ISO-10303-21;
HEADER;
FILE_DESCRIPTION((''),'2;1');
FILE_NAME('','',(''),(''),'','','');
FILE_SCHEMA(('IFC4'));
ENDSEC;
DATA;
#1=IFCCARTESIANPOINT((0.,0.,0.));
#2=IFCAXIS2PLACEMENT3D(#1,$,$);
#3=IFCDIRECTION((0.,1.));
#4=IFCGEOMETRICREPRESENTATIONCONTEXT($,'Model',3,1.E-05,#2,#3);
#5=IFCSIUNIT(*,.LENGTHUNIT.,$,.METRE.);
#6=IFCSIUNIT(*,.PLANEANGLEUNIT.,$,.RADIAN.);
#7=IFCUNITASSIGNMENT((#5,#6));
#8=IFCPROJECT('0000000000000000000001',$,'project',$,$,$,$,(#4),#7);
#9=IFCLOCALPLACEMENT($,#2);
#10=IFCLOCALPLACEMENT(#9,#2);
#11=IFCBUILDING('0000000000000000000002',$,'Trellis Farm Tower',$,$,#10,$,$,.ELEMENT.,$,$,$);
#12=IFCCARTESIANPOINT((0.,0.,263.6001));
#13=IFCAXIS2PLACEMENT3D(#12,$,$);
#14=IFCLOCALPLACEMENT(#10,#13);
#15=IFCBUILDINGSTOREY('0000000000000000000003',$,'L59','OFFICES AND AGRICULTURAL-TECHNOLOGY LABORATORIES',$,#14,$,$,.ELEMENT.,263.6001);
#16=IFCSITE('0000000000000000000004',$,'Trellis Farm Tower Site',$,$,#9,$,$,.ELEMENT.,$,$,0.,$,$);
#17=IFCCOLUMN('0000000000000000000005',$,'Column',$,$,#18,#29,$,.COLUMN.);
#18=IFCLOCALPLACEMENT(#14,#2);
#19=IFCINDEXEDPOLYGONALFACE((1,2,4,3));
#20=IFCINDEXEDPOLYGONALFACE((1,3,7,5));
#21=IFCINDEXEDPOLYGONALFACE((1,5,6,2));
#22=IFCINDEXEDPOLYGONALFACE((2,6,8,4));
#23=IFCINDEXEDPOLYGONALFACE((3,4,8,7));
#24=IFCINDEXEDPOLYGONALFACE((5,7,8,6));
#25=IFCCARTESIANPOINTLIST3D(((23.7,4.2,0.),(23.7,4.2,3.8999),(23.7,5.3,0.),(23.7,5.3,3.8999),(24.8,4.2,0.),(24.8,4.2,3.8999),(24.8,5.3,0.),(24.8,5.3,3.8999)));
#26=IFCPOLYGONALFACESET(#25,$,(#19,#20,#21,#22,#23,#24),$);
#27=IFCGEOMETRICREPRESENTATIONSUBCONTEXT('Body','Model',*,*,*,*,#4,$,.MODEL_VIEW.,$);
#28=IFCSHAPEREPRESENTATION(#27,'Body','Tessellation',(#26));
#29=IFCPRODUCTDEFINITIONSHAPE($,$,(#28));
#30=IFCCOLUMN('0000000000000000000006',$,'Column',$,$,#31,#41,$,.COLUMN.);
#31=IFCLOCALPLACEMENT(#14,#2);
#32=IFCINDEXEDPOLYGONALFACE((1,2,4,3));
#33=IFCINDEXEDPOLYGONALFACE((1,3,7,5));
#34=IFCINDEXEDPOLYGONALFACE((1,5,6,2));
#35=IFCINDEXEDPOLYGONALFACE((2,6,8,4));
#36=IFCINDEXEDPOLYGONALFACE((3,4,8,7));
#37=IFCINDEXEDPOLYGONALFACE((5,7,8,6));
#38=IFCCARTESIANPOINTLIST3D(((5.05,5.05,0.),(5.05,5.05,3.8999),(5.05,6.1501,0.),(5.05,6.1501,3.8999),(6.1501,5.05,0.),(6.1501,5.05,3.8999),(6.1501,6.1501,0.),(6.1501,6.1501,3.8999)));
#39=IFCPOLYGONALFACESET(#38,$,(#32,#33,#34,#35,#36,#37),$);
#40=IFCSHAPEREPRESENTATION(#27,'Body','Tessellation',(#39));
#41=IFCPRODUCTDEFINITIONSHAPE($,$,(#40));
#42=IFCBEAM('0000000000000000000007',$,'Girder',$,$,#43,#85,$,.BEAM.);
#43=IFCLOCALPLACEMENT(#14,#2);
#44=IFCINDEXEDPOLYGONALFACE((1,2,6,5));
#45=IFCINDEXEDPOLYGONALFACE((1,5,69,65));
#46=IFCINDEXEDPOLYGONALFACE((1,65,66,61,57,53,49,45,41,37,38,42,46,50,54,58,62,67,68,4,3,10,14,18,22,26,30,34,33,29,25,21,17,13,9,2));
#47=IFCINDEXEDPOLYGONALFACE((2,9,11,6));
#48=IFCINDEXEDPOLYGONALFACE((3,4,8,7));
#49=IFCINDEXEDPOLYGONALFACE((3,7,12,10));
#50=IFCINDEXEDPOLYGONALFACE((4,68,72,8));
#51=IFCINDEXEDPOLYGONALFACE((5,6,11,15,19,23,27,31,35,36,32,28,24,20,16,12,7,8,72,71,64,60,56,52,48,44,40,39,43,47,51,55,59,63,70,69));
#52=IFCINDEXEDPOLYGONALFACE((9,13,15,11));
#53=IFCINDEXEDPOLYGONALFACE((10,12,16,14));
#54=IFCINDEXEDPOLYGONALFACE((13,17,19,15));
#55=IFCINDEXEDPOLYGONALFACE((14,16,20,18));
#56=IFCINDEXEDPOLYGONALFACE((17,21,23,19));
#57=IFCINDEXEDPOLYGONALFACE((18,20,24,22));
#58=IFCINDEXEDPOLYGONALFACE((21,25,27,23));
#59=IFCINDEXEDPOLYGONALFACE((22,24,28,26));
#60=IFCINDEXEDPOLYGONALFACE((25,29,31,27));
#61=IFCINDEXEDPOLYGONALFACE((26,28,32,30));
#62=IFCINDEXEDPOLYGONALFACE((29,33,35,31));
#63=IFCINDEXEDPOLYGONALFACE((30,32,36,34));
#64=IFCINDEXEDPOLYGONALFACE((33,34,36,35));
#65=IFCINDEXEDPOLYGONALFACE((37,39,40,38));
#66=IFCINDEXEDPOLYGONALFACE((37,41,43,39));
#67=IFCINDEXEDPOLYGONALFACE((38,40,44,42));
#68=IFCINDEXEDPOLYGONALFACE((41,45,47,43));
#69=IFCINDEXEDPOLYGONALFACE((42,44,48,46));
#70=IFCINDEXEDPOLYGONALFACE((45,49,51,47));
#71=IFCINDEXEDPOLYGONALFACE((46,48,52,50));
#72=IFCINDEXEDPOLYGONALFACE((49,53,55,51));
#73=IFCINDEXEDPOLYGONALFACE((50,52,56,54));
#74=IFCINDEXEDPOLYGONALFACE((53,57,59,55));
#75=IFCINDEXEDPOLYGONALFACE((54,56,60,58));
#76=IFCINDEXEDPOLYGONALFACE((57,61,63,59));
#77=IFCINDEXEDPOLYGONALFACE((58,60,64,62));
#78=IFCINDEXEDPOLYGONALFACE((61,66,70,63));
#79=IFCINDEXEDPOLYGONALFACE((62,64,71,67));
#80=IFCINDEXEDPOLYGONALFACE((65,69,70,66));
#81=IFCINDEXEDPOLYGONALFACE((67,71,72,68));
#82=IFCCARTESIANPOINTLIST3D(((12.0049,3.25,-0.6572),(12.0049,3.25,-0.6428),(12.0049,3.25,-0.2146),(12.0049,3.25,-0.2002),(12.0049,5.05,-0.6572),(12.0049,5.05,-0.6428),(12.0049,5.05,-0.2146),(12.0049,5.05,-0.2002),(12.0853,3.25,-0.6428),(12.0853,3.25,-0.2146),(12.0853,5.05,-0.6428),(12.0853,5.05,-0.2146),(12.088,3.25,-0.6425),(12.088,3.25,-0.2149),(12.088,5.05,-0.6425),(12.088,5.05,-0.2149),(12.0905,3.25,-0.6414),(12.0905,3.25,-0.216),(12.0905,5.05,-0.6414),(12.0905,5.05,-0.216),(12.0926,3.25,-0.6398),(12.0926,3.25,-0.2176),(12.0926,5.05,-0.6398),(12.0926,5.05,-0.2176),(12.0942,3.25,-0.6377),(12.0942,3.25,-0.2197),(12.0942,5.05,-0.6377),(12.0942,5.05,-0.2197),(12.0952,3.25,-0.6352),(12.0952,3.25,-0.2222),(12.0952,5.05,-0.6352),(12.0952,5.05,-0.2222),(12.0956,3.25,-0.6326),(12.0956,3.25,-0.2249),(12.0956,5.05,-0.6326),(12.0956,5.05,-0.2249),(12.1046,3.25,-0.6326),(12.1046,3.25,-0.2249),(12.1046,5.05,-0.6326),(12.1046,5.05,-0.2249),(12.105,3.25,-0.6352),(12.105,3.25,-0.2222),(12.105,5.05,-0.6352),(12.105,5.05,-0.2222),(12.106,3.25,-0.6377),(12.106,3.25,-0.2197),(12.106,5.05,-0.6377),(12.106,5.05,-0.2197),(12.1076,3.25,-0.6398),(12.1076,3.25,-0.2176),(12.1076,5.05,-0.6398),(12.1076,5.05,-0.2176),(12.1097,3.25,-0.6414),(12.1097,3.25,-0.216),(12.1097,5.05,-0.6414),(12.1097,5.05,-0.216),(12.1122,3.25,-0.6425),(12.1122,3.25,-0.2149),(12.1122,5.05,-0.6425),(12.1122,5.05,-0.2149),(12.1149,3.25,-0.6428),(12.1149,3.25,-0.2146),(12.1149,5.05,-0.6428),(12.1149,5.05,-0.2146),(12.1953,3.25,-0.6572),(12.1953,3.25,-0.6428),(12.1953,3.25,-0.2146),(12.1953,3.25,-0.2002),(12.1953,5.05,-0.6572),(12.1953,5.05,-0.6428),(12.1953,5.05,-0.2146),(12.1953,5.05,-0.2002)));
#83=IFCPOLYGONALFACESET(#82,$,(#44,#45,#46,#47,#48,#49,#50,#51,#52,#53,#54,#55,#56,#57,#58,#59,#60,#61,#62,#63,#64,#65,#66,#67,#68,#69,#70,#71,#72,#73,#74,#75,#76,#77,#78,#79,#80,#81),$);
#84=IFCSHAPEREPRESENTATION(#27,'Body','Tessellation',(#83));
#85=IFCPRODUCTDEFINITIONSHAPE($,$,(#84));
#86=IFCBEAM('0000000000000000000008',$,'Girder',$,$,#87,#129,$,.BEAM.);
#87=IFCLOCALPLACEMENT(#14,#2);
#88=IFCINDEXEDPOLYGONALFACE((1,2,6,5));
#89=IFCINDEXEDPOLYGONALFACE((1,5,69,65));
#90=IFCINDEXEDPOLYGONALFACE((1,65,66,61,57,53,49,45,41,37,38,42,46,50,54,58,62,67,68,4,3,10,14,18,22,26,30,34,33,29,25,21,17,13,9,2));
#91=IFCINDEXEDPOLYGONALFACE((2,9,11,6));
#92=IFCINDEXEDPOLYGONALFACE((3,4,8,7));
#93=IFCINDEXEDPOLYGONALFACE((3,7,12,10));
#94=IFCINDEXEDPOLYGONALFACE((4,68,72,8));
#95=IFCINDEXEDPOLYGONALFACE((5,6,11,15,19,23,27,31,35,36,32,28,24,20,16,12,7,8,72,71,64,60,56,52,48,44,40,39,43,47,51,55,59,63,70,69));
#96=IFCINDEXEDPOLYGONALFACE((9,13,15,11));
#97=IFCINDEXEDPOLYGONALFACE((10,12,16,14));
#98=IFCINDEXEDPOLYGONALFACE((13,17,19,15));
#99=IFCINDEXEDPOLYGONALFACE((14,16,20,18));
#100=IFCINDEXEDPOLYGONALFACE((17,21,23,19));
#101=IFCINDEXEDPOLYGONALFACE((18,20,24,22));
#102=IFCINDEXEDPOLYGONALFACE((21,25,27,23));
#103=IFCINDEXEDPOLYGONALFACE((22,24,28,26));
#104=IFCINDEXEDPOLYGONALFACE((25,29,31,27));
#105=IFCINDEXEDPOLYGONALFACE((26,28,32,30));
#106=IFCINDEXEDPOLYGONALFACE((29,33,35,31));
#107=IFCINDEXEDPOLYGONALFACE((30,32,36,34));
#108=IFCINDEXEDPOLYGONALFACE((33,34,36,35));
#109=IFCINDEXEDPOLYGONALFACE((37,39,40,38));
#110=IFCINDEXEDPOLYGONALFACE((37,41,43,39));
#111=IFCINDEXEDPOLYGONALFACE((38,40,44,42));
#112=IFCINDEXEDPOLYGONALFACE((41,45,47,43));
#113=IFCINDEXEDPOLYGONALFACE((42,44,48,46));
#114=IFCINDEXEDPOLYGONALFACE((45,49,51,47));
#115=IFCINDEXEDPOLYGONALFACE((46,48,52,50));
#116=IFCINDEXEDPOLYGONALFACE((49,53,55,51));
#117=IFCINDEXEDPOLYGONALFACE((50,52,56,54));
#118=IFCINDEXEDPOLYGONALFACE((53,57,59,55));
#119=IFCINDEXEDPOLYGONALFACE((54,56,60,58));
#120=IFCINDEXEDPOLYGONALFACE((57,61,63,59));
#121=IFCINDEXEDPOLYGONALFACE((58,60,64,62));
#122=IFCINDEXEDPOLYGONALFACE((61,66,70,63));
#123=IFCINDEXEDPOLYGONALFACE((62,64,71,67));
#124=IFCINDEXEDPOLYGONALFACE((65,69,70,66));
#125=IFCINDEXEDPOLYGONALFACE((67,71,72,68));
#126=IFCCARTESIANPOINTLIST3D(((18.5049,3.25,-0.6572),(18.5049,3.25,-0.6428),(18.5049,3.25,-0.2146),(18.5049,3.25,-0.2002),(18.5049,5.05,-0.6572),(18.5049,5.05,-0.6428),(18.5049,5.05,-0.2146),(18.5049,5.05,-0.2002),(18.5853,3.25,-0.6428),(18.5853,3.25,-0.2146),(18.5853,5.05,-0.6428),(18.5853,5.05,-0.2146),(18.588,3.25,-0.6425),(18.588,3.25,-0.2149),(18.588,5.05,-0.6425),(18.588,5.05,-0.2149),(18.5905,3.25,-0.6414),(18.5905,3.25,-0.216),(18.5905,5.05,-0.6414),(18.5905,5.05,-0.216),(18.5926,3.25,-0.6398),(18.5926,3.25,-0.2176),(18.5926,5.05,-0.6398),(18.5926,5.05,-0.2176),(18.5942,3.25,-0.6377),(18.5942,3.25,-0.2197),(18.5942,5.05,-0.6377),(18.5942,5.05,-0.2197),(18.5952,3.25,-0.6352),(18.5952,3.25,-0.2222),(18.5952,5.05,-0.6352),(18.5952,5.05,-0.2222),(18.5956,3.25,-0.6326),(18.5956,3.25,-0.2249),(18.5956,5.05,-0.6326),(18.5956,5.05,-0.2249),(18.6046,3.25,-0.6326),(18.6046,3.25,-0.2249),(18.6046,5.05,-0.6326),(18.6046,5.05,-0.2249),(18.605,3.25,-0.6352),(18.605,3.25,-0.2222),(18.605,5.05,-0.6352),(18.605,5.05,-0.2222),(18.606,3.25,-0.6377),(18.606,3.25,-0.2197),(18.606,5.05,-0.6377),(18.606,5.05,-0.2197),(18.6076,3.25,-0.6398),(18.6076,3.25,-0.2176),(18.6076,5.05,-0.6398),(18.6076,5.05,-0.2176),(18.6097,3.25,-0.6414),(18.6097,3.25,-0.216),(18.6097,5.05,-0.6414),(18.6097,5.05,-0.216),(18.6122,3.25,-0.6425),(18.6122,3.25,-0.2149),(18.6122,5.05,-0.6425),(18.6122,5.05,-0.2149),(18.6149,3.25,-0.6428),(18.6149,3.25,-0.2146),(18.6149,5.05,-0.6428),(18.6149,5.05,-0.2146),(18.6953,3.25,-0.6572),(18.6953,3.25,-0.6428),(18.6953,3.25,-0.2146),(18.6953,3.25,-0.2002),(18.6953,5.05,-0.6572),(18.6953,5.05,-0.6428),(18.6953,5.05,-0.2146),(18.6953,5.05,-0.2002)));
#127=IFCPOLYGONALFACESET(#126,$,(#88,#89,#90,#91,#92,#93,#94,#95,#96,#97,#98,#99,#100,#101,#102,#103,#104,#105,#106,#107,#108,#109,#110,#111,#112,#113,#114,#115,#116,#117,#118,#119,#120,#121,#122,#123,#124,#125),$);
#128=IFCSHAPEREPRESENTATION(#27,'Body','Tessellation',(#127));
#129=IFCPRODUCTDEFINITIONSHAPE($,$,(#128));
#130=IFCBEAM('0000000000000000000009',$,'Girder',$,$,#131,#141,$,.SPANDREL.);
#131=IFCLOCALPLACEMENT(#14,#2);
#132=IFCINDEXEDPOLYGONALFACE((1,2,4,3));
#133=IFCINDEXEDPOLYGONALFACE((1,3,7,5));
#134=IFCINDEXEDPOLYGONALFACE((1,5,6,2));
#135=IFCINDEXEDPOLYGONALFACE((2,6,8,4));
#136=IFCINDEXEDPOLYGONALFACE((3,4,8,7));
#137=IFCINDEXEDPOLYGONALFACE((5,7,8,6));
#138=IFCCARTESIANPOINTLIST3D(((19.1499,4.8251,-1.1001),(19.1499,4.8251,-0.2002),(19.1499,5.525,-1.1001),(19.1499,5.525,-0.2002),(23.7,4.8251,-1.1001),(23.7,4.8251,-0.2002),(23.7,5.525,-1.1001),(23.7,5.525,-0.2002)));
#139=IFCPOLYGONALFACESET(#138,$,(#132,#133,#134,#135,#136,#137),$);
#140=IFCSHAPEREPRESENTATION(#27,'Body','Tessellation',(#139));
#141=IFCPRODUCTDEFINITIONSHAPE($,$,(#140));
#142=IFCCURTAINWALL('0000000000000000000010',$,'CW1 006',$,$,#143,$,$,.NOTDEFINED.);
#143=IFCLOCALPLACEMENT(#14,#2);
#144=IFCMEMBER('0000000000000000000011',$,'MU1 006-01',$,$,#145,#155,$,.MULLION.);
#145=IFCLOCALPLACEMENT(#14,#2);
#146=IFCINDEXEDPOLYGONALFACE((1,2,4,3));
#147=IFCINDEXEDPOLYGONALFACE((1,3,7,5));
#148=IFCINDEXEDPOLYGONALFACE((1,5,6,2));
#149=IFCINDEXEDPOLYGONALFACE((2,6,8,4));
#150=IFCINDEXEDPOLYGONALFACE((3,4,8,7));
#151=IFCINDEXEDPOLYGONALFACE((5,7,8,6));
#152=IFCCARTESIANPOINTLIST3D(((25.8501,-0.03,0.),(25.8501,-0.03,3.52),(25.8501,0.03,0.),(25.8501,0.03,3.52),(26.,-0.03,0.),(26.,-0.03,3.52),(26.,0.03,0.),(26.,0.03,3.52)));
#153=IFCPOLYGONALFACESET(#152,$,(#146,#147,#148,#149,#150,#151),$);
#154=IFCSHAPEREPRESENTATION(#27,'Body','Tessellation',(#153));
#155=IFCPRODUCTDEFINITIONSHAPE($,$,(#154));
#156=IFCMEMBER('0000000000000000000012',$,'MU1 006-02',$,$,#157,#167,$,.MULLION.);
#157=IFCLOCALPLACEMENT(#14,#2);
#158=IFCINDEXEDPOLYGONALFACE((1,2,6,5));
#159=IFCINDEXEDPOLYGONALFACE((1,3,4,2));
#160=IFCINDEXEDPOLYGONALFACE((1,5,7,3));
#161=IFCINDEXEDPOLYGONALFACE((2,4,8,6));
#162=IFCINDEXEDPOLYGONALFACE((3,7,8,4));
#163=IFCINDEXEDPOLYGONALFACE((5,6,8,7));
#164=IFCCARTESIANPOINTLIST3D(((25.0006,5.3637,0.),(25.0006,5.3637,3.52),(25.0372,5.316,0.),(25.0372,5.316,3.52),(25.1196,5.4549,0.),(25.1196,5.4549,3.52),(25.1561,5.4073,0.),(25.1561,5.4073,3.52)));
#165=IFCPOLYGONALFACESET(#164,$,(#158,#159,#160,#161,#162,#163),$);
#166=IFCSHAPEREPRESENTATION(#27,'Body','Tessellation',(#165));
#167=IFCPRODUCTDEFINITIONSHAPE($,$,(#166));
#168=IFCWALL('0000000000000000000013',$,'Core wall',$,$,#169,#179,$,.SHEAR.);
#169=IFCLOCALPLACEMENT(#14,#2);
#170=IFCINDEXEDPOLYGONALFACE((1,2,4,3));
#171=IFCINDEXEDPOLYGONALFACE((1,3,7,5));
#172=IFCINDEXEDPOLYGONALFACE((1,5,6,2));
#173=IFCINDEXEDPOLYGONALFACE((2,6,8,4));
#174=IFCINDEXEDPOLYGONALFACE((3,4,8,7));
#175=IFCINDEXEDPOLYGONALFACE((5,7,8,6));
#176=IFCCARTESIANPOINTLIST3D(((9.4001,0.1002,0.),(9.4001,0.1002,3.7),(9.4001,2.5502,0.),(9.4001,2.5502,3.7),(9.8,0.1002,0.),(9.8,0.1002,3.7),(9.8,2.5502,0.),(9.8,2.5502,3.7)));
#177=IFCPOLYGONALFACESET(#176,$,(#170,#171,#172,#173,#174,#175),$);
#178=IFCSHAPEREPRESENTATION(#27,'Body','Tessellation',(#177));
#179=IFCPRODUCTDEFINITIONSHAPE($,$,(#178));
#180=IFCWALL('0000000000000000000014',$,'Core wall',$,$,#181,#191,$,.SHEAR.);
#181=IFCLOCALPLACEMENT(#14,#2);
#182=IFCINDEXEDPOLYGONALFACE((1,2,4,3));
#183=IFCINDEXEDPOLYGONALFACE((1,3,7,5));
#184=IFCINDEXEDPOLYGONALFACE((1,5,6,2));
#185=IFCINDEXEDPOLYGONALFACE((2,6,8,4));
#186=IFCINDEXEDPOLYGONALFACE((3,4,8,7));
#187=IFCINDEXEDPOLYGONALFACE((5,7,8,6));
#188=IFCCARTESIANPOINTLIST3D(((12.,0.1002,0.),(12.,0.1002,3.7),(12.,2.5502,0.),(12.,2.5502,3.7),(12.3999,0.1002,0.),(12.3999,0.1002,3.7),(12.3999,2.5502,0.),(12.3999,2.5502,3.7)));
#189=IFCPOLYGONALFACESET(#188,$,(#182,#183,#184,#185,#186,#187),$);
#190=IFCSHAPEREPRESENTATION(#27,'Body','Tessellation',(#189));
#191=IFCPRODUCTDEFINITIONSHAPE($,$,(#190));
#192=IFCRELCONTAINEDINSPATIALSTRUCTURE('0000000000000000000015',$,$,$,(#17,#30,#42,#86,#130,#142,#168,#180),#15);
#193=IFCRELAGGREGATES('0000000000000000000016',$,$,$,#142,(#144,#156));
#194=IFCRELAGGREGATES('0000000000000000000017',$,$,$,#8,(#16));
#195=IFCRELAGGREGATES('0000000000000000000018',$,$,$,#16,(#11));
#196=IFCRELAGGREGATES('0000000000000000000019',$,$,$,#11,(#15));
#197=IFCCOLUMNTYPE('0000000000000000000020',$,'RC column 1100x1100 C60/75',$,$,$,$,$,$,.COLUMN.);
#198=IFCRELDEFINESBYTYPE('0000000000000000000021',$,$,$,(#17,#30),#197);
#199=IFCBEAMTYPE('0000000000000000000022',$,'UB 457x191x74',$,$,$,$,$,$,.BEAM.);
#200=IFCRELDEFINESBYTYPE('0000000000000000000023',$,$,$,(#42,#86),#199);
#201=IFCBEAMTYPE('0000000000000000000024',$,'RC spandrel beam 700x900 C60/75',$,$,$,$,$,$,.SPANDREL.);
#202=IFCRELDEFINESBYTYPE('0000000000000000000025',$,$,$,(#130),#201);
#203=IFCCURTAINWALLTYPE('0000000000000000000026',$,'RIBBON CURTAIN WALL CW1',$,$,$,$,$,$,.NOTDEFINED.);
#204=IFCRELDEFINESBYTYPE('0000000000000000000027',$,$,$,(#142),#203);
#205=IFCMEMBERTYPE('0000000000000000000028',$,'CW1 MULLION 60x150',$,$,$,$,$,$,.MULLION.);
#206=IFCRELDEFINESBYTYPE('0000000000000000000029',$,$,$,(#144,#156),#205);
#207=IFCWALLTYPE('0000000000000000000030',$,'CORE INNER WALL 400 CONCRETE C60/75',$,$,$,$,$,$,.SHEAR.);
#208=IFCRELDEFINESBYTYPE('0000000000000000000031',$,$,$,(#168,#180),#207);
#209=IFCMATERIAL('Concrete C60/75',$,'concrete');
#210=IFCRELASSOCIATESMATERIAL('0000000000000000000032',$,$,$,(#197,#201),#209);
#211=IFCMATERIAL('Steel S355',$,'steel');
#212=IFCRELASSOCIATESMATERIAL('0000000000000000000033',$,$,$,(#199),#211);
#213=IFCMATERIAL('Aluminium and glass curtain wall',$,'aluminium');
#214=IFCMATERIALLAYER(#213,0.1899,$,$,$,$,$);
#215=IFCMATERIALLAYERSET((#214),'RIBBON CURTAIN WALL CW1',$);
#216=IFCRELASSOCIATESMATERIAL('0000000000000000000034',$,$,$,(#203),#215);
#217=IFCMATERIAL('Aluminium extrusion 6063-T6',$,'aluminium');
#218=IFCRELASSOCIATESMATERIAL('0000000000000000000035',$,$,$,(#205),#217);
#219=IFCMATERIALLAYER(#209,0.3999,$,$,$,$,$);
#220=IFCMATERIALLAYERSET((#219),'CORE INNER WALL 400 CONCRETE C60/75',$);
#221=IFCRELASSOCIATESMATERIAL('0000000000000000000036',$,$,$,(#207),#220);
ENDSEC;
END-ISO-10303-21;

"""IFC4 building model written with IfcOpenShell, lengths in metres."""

from ifc_helpers import new_model, si_unit, direction, frame, frame_2d, origin, origin_2d, place, context, subcontext, project, spatial, rectangle, i_section, extrude, source, transform, mapped, material, layer, layer_set, material_profile, profile_set, type_object, element, aggregate, save


model = new_model("IFC4")

# Units and contexts
model_context = context("Model", 3, precision=1e-05, world=origin(), true_north=direction((0.0, 1.0)))
body_context = subcontext(model_context, "Body", "Model", "MODEL_VIEW")
ifc_project = project(units=[si_unit("LENGTHUNIT", "METRE"), si_unit("PLANEANGLEUNIT", "RADIAN")], contexts=[model_context])

# Site, building, storey
site_placement = place(None, origin())
site = spatial("IfcSite", under=ifc_project, at=site_placement, Name="Trellis Farm Tower Site", CompositionType="ELEMENT", RefElevation=0.0)
building_placement = place(site_placement, origin())
building = spatial("IfcBuilding", under=site, at=building_placement, Name="Trellis Farm Tower", CompositionType="ELEMENT")
storey_placement = place(building_placement, frame((0.0, 0.0, 263.6001)))
storey = spatial("IfcBuildingStorey", under=building, at=storey_placement, Name="L59", Description="OFFICES AND AGRICULTURAL-TECHNOLOGY LABORATORIES", CompositionType="ELEMENT", Elevation=263.6001)

# Columns
ifc_material_1 = material(Name="Concrete C60/75", Category="concrete")
ifc_material_profile_1 = material_profile(ifc_material_1, rectangle(XDim=1.1001, YDim=1.1001, at=origin_2d()), Name="RC column 1100x1100 C60/75")
ifc_profile_set_1 = profile_set([ifc_material_profile_1], Name="Concrete C60/75")
column_type = type_object("IfcColumnType", Name="RC column 1100x1100 C60/75", PredefinedType="COLUMN", material=ifc_profile_set_1)
shared_shape_1 = source(origin(), body_context, "Body", "SweptSolid", [
    extrude(rectangle(XDim=1.1001, YDim=1.1001, at=origin_2d()), origin(), (0.0, 0.0, 1.0), 3.8999),
])
for number, where, z_axis, x_axis, name in (
    (1, (24.25, 4.75, 0.0), (0.0, 0.0, 1.0), (1.0, 0.0, 0.0), "Column"),
    (2, (5.6001, 5.6001, 0.0), (0.0, 0.0, 1.0), (1.0, 0.0, 0.0), "Column"),
):
    element("IfcColumn", number, at=place(storey_placement, frame(where, z_axis=z_axis, x_axis=x_axis)), inside=storey, type_object=column_type, Name=name, PredefinedType="COLUMN", context=body_context, shape_type="MappedRepresentation", body=[
        mapped(shared_shape_1, transform((0.0, 0.0, 0.0))),
    ])

# Beams
ifc_material_2 = material(Name="Steel S355", Category="steel")
ifc_material_profile_2 = material_profile(ifc_material_2, i_section(OverallWidth=0.1904, OverallDepth=0.457, WebThickness=0.009, FlangeThickness=0.0144, FilletRadius=0.0103, at=origin_2d()), Name="UB 457x191x74")
ifc_profile_set_2 = profile_set([ifc_material_profile_2], Name="Steel S355")
beam_type_1 = type_object("IfcBeamType", Name="UB 457x191x74", PredefinedType="BEAM", material=ifc_profile_set_2)
shared_shape_2 = source(origin(), body_context, "Body", "SweptSolid", [
    extrude(i_section(OverallWidth=0.1904, OverallDepth=0.457, WebThickness=0.009, FlangeThickness=0.0144, FilletRadius=0.0103, at=origin_2d()), origin(), (0.0, 0.0, 1.0), 1.8),
])
for number, where, z_axis, x_axis, name in (
    (3, (12.1001, 3.25, -0.4287), (0.0, 1.0, 0.0), (-1.0, 0.0, 0.0), "Girder"),
    (4, (18.6001, 3.25, -0.4287), (0.0, 1.0, 0.0), (-1.0, 0.0, 0.0), "Girder"),
):
    element("IfcBeam", number, at=place(storey_placement, frame(where, z_axis=z_axis, x_axis=x_axis)), inside=storey, type_object=beam_type_1, Name=name, PredefinedType="BEAM", context=body_context, shape_type="MappedRepresentation", body=[
        mapped(shared_shape_2, transform((0.0, 0.0, 0.0))),
    ])
ifc_material_profile_3 = material_profile(ifc_material_1, rectangle(XDim=0.7, YDim=0.8999, at=origin_2d()), Name="RC spandrel beam 700x900 C60/75")
ifc_profile_set_3 = profile_set([ifc_material_profile_3], Name="Concrete C60/75")
beam_type_2 = type_object("IfcBeamType", Name="RC spandrel beam 700x900 C60/75", PredefinedType="SPANDREL", material=ifc_profile_set_3)
shared_shape_3 = source(origin(), body_context, "Body", "SweptSolid", [
    extrude(rectangle(XDim=0.7, YDim=0.8999, at=origin_2d()), origin(), (0.0, 0.0, 1.0), 4.55),
])
beam_placement = place(storey_placement, frame((19.1499, 5.175, -0.6501), z_axis=(1.0, 0.0, 0.0), x_axis=(0.0, 1.0, 0.0)))
element("IfcBeam", 5, at=beam_placement, inside=storey, type_object=beam_type_2, Name="Girder", PredefinedType="SPANDREL", context=body_context, shape_type="MappedRepresentation", body=[
    mapped(shared_shape_3, transform((0.0, 0.0, 0.0))),
])

# Curtain wall, members
ifc_material_3 = material(Name="Aluminium and glass curtain wall", Category="aluminium")
ifc_layer_1 = layer(ifc_material_3, 0.1899)
ifc_layer_set_1 = layer_set([ifc_layer_1], Name="RIBBON CURTAIN WALL CW1")
curtain_wall_type = type_object("IfcCurtainWallType", Name="RIBBON CURTAIN WALL CW1", PredefinedType="NOTDEFINED", material=ifc_layer_set_1)
curtain_wall_placement = place(storey_placement, origin())
curtain_wall = element("IfcCurtainWall", 6, at=curtain_wall_placement, inside=storey, type_object=curtain_wall_type, Name="CW1 006", PredefinedType="NOTDEFINED")
ifc_material_4 = material(Name="Aluminium extrusion 6063-T6", Category="aluminium")
ifc_material_profile_4 = material_profile(ifc_material_4, rectangle(XDim=0.0601, YDim=0.1499, at=origin_2d()), Name="MULLION 60x150")
ifc_profile_set_4 = profile_set([ifc_material_profile_4], Name="Aluminium extrusion 6063-T6")
member_type = type_object("IfcMemberType", Name="CW1 MULLION 60x150", PredefinedType="MULLION", material=ifc_profile_set_4)
shared_shape_4 = source(origin(), body_context, "Body", "SweptSolid", [
    extrude(rectangle(XDim=0.0601, YDim=0.1499, at=origin_2d()), origin(), (0.0, 0.0, 1.0), 3.52),
])
member_1_placement = place(storey_placement, frame((25.925, 0.0, 0.0), z_axis=(0.0, 0.0, 1.0), x_axis=(0.0, 1.0, 0.0)))
member_1 = element("IfcMember", 7, at=member_1_placement, type_object=member_type, Name="MU1 006-01", PredefinedType="MULLION", context=body_context, shape_type="MappedRepresentation", body=[
    mapped(shared_shape_4, transform((0.0, 0.0, 0.0))),
])
member_2_placement = place(storey_placement, frame((25.0784, 5.3855, 0.0), z_axis=(0.0, 0.0, 1.0), x_axis=(-0.608761, 0.793353, 0.0)))
member_2 = element("IfcMember", 8, at=member_2_placement, type_object=member_type, Name="MU1 006-02", PredefinedType="MULLION", context=body_context, shape_type="MappedRepresentation", body=[
    mapped(shared_shape_4, transform((0.0, 0.0, 0.0))),
])
aggregate(curtain_wall, [member_1, member_2])

# Walls
ifc_layer_2 = layer(ifc_material_1, 0.3999)
ifc_layer_set_2 = layer_set([ifc_layer_2], Name="CORE INNER WALL 400 CONCRETE C60/75")
wall_type_1 = type_object("IfcWallType", Name="CORE INNER WALL 400 CONCRETE C60/75", PredefinedType="SHEAR", material=ifc_layer_set_2)
shared_shape_5 = source(origin(), body_context, "Body", "SweptSolid", [
    extrude(rectangle(XDim=2.45, YDim=0.3999, at=frame_2d((1.2251, 0.0))), origin(), (0.0, 0.0, 1.0), 3.7),
])
for number, where, z_axis, x_axis, name in (
    (9, (9.6001, 0.1001, 0.0), (0.0, 0.0, 1.0), (0.0, 1.0, 0.0), "Core wall"),
    (10, (12.2, 0.1001, 0.0), (0.0, 0.0, 1.0), (0.0, 1.0, 0.0), "Core wall"),
):
    element("IfcWall", number, at=place(storey_placement, frame(where, z_axis=z_axis, x_axis=x_axis)), inside=storey, type_object=wall_type_1, Name=name, PredefinedType="SHEAR", context=body_context, shape_type="MappedRepresentation", body=[
        mapped(shared_shape_5, transform((0.0, 0.0, 0.0))),
    ])

save(model, "model.ifc")
